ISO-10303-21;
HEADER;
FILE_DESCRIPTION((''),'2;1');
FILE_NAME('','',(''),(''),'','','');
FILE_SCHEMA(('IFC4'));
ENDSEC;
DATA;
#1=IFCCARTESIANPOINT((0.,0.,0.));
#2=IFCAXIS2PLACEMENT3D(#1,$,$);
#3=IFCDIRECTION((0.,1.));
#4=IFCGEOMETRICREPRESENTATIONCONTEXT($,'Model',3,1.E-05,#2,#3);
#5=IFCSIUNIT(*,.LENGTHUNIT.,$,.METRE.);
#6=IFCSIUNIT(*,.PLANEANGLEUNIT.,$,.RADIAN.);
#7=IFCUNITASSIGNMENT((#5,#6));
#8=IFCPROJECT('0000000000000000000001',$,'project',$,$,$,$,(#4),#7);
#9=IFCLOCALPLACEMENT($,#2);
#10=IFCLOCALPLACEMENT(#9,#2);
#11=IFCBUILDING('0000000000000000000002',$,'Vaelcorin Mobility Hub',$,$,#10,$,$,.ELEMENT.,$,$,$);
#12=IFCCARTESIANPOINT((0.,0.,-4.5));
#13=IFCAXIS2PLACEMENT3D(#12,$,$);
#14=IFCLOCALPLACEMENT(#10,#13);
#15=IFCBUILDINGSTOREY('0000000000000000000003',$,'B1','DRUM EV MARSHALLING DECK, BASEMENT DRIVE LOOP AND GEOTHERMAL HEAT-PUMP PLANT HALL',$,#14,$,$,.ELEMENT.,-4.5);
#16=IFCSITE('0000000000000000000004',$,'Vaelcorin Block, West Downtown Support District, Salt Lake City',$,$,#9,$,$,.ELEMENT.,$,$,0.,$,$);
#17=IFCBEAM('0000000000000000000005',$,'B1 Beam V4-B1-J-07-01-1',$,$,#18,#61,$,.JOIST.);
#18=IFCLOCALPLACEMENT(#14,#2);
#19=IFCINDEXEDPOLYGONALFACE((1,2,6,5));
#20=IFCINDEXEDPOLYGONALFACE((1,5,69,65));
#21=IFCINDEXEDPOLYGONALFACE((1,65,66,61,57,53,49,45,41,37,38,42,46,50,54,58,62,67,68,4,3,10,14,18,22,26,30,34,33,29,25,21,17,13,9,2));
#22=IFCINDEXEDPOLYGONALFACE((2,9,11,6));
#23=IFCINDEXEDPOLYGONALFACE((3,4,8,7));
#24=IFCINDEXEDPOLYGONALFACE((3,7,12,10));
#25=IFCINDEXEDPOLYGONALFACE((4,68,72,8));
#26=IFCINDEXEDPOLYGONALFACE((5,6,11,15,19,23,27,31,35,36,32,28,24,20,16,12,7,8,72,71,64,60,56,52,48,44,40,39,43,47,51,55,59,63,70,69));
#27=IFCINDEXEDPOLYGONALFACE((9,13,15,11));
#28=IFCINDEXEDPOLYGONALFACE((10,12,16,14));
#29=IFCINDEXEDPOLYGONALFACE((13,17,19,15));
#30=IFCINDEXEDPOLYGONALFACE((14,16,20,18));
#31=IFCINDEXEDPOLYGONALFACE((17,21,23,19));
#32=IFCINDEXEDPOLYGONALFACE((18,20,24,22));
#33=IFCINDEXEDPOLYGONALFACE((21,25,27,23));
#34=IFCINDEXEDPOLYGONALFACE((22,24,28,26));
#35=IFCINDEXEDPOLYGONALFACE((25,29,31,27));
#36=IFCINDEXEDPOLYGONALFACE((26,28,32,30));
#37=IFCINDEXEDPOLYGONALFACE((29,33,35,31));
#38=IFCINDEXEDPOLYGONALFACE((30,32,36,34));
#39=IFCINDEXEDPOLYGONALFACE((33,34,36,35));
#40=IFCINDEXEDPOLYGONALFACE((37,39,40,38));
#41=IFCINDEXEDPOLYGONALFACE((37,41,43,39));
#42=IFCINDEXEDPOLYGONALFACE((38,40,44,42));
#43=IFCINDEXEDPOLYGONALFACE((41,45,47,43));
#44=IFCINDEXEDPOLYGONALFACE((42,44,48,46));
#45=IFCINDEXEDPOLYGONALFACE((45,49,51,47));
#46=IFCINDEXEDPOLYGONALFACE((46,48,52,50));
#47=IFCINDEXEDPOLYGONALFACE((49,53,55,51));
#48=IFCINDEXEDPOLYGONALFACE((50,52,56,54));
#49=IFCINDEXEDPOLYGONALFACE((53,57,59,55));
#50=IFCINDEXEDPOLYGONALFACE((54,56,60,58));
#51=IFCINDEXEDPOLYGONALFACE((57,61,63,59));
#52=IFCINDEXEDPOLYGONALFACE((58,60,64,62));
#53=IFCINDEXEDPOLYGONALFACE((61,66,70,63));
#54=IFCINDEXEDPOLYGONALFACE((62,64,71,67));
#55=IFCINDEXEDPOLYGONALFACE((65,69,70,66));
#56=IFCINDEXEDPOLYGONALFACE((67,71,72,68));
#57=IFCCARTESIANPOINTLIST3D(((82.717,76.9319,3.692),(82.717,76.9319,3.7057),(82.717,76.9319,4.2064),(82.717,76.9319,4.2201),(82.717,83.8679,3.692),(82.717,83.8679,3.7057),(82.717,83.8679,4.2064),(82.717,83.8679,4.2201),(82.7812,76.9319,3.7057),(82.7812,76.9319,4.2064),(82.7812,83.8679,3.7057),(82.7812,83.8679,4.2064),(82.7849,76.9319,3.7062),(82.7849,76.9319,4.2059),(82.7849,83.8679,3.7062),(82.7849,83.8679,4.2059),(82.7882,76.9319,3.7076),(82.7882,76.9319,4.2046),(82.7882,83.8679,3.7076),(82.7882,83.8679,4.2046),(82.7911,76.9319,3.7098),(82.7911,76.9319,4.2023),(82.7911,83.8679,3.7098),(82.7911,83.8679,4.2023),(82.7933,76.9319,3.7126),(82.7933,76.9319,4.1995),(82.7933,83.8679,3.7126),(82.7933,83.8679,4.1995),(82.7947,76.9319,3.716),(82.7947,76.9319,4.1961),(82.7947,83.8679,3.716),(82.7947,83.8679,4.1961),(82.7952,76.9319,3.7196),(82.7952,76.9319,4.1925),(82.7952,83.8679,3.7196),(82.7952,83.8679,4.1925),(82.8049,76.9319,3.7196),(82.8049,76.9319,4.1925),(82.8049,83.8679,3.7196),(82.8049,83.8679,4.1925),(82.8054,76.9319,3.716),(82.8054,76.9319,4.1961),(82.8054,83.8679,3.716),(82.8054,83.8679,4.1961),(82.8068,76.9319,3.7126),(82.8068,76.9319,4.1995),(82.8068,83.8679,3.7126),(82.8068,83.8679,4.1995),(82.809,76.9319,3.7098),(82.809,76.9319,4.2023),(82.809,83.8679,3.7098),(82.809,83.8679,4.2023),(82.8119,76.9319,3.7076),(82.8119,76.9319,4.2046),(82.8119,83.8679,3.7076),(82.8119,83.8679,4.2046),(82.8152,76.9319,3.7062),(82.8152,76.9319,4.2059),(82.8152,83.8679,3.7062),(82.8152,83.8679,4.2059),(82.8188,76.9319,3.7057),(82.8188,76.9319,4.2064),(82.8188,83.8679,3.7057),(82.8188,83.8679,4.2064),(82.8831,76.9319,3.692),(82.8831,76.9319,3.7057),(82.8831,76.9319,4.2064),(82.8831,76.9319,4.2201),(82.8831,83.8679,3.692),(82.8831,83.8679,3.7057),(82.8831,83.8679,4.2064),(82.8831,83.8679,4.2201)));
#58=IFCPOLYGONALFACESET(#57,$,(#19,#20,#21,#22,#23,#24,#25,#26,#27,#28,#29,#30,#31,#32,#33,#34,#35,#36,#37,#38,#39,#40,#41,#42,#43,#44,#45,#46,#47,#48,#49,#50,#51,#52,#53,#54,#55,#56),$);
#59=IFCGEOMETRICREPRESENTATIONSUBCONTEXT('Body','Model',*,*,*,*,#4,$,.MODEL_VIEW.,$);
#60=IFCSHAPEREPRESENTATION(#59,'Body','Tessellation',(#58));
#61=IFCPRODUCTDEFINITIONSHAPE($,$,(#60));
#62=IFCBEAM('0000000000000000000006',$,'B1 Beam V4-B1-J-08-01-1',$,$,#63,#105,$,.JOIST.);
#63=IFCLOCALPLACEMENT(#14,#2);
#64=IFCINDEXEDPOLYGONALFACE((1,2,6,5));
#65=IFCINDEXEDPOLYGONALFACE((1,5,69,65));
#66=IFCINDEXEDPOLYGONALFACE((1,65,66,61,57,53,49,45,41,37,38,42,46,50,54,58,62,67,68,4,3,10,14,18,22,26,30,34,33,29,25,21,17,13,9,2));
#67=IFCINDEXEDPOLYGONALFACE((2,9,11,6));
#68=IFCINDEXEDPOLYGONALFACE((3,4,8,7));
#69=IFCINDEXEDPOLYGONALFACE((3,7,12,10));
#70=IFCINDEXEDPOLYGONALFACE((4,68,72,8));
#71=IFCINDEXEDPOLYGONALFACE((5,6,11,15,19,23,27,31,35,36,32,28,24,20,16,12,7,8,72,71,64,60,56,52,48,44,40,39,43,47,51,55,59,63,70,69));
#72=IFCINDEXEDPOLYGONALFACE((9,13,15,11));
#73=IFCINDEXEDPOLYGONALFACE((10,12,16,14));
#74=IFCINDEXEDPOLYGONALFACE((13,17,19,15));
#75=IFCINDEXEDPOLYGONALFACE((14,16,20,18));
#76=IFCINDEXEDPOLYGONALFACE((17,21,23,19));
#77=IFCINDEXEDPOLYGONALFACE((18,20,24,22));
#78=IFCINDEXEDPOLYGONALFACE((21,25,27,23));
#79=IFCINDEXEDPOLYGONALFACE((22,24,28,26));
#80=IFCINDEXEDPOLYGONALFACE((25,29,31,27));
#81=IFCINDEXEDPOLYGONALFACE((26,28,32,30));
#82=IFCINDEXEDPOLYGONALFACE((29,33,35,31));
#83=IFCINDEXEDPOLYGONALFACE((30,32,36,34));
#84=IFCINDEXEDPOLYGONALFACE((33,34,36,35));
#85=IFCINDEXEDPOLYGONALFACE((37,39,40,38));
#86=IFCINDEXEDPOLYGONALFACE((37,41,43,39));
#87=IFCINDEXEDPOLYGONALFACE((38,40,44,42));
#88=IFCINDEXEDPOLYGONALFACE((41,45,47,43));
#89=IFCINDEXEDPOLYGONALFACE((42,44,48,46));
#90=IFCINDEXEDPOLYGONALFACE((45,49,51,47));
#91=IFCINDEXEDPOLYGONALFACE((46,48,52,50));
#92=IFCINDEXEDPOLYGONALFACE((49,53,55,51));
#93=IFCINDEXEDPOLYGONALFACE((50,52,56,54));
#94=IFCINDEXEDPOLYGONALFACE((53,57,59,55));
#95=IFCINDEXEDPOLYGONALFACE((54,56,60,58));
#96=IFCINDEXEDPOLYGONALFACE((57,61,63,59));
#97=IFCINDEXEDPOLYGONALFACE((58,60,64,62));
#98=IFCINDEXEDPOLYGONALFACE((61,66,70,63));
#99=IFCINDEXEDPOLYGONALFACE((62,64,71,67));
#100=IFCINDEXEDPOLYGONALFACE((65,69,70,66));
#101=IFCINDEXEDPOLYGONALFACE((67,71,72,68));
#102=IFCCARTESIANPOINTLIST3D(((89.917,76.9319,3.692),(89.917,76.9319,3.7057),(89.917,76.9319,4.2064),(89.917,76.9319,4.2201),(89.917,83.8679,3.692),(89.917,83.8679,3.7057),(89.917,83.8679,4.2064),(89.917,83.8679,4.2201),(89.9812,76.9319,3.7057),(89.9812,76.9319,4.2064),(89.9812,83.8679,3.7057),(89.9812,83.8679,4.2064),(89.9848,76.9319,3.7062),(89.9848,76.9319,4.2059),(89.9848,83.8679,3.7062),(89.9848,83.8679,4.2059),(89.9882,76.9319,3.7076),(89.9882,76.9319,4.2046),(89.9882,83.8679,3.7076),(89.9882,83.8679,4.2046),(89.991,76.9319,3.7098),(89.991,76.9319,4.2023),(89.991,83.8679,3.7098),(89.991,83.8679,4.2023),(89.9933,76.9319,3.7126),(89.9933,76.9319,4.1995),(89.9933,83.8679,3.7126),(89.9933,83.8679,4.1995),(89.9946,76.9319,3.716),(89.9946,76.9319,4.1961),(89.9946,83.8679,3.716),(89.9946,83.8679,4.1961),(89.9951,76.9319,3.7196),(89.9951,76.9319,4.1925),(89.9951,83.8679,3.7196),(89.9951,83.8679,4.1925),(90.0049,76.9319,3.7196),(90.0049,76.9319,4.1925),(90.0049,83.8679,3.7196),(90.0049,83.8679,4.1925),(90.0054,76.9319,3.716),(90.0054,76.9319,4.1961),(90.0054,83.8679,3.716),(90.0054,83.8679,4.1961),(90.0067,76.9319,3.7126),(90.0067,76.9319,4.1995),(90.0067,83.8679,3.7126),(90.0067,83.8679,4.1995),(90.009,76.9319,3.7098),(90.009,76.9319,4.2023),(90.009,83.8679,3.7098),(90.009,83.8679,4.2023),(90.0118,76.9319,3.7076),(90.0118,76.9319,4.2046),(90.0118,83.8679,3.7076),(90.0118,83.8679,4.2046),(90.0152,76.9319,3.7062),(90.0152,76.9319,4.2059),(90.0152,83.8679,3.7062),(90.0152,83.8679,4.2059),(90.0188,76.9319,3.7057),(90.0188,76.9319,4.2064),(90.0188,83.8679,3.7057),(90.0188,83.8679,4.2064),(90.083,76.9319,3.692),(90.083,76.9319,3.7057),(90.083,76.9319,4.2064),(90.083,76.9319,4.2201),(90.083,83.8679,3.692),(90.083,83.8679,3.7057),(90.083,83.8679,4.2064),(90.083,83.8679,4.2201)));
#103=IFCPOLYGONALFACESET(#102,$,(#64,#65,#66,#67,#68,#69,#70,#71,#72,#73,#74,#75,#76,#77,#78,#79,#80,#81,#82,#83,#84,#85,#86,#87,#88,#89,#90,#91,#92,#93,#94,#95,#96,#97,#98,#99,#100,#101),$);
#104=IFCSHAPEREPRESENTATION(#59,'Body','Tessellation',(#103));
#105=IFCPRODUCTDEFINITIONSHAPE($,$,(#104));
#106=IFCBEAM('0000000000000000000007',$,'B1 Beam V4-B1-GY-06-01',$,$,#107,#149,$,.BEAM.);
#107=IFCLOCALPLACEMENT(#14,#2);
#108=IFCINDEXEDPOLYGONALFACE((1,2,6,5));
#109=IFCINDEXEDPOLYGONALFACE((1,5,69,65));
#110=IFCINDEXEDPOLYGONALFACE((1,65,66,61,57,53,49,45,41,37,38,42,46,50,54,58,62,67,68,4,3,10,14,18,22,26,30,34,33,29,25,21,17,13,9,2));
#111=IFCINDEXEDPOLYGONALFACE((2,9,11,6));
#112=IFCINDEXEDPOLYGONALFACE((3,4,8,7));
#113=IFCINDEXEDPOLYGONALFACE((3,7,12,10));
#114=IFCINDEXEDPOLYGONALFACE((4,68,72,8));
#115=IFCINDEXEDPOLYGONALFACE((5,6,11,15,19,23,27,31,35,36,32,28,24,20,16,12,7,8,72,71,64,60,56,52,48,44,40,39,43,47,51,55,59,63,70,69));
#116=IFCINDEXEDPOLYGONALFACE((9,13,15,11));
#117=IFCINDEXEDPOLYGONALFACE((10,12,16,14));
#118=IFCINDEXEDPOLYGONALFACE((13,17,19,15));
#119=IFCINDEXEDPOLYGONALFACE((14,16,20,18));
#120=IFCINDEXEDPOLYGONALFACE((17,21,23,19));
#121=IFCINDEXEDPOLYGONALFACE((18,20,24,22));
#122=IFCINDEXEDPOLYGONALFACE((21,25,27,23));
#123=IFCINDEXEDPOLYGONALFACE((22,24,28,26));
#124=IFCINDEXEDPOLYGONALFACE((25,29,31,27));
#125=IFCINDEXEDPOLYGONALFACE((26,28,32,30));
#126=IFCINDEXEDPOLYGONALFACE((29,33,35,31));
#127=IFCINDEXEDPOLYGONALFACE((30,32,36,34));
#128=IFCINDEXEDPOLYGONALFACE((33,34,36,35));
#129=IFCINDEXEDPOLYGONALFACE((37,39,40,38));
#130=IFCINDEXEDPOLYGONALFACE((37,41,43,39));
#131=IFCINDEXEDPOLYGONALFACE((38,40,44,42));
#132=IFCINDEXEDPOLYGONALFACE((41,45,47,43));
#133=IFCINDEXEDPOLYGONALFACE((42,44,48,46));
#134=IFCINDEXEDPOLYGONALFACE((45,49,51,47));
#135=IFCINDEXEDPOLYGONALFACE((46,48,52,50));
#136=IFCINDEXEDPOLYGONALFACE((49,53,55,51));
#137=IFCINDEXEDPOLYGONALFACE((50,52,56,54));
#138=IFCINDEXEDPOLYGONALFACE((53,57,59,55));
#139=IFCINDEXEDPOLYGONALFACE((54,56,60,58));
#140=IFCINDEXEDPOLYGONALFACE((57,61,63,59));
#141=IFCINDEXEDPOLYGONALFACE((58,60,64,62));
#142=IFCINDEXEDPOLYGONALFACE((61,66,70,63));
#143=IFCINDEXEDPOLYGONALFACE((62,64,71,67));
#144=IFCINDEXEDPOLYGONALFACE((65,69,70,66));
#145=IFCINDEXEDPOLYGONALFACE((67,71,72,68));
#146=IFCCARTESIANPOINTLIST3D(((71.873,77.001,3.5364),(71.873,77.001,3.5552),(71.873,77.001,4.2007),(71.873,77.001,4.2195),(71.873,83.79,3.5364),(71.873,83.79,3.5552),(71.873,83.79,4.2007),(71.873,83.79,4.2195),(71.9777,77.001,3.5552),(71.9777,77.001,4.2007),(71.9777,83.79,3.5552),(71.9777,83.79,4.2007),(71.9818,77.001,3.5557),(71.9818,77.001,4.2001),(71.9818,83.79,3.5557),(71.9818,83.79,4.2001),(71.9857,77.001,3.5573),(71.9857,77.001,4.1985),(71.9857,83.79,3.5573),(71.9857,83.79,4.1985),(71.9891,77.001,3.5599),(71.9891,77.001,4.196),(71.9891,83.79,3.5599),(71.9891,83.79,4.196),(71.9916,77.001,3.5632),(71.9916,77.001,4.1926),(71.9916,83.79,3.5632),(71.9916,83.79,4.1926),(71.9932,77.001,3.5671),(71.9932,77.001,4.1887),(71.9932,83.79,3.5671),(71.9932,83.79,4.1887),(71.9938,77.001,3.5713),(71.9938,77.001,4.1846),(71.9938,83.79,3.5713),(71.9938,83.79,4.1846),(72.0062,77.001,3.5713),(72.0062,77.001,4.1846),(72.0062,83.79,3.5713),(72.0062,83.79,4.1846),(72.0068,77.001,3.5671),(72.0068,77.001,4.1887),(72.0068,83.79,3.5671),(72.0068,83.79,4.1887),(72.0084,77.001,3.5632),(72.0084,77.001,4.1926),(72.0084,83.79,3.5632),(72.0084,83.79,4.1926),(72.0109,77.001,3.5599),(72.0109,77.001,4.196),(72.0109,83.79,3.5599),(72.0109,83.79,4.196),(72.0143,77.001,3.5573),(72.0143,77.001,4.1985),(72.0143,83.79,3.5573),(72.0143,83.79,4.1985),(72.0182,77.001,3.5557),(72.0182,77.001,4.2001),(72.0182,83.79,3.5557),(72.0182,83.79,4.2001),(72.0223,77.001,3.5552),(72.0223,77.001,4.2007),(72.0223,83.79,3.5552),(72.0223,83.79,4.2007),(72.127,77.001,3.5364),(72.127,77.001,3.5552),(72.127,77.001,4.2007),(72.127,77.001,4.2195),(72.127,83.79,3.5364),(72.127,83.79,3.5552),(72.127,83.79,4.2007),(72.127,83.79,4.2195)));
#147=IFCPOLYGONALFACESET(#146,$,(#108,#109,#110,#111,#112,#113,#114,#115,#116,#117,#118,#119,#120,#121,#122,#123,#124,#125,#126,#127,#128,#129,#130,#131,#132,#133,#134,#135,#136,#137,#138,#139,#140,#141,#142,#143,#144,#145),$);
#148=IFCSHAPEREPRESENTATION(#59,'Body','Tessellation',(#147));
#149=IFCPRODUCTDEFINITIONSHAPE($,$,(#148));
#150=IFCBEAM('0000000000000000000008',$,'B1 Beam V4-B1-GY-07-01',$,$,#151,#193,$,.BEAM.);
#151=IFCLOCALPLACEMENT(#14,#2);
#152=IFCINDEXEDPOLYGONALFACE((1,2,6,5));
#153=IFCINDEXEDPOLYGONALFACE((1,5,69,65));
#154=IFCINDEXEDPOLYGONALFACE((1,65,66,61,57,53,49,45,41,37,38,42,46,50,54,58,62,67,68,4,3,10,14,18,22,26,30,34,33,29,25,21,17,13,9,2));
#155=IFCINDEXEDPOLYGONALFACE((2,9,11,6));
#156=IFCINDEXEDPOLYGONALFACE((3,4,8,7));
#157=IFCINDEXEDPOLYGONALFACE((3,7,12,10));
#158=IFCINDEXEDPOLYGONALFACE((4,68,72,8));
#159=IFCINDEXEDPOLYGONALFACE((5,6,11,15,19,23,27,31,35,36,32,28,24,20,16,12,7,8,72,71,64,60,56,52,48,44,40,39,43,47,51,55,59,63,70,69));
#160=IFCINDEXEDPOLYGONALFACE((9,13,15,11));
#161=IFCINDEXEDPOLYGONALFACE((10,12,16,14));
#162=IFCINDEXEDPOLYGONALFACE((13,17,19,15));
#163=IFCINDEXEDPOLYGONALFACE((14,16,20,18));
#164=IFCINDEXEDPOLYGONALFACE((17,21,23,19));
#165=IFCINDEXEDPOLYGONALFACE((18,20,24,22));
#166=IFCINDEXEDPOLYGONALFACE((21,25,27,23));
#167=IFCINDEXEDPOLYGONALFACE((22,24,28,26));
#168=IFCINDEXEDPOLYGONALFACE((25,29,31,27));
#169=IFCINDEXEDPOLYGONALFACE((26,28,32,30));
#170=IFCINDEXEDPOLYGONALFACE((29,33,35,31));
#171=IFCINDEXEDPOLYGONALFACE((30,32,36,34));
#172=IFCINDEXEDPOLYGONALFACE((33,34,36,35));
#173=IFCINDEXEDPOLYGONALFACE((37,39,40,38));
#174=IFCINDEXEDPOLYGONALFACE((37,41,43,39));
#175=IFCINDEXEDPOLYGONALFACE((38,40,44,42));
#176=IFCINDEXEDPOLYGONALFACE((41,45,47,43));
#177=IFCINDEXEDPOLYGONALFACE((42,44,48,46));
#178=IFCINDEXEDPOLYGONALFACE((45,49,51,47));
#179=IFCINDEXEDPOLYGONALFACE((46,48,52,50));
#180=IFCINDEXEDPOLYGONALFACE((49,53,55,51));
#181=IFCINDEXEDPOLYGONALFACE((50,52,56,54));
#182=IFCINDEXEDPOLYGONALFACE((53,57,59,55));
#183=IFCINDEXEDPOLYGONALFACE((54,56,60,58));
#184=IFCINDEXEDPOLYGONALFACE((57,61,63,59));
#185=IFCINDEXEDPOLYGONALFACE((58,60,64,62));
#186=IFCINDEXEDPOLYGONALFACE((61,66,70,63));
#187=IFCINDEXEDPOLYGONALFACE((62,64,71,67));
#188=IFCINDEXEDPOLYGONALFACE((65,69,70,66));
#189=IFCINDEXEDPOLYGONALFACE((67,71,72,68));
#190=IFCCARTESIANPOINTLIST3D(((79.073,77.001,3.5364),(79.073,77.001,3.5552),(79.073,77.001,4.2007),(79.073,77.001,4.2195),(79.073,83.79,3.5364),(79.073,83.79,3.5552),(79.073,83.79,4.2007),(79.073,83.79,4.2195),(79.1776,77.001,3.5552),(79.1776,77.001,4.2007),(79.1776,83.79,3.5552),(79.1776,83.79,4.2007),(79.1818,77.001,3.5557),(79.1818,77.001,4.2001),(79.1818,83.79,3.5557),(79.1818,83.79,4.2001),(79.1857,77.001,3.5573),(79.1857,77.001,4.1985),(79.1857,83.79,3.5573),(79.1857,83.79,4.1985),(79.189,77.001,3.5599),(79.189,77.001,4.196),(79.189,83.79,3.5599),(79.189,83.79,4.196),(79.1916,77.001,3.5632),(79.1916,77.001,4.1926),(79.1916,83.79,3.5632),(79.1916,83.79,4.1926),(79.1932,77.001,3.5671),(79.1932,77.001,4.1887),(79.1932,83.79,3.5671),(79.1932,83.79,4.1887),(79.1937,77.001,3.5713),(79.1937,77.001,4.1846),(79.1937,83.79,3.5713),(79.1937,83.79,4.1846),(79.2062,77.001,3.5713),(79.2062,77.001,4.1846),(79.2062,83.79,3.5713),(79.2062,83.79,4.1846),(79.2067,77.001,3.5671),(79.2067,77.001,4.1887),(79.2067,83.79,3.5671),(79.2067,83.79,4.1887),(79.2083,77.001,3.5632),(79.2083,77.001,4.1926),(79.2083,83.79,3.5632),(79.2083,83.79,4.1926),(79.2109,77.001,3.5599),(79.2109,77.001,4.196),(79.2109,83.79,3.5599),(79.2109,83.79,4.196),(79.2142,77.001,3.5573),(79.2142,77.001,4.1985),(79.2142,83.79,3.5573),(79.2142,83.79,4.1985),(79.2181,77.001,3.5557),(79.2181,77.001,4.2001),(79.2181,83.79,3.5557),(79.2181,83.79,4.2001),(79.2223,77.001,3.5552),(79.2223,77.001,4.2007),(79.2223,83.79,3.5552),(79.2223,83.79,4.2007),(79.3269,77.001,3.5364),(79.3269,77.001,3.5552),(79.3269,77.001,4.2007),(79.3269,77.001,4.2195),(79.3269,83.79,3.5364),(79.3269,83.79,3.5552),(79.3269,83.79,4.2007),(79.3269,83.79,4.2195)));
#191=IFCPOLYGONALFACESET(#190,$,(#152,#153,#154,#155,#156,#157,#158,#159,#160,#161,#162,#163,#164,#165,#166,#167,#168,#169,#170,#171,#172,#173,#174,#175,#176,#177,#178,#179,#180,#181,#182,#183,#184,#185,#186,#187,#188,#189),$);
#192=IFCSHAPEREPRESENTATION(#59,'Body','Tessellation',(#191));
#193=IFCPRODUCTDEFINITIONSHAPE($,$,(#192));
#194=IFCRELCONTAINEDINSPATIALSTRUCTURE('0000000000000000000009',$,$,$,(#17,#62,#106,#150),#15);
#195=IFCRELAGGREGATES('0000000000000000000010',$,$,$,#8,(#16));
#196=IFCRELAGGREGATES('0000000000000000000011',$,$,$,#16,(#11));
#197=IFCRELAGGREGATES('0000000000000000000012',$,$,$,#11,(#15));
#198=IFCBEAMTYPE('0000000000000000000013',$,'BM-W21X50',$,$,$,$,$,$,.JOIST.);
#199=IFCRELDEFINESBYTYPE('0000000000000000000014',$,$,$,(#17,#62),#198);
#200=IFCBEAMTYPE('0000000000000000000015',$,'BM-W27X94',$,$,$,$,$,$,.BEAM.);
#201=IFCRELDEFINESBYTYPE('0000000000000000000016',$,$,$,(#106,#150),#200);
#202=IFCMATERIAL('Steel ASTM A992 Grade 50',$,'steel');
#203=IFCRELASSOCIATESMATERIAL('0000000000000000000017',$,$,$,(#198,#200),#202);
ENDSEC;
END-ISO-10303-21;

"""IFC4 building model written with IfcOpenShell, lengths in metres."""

from ifc_helpers import new_model, si_unit, direction, frame, origin, origin_2d, place, context, subcontext, project, spatial, i_section, extrude, material, material_profile, profile_set, type_object, element, save


model = new_model("IFC4")

# Units and contexts
model_context = context("Model", 3, precision=1e-05, world=origin(), true_north=direction((0.0, 1.0)))
body_context = subcontext(model_context, "Body", "Model", "MODEL_VIEW")
ifc_project = project(units=[si_unit("LENGTHUNIT", "METRE"), si_unit("PLANEANGLEUNIT", "RADIAN")], contexts=[model_context])

# Site, building, storey
site_placement = place(None, origin())
site = spatial("IfcSite", under=ifc_project, at=site_placement, Name="Vaelcorin Block, West Downtown Support District, Salt Lake City", CompositionType="ELEMENT", RefElevation=0.0)
building_placement = place(site_placement, origin())
building = spatial("IfcBuilding", under=site, at=building_placement, Name="Vaelcorin Mobility Hub", CompositionType="ELEMENT")
storey_placement = place(building_placement, frame((0.0, 0.0, -4.5)))
storey = spatial("IfcBuildingStorey", under=building, at=storey_placement, Name="B1", Description="DRUM EV MARSHALLING DECK, BASEMENT DRIVE LOOP AND GEOTHERMAL HEAT-PUMP PLANT HALL", CompositionType="ELEMENT", Elevation=-4.5)

# Shared definitions
ifc_material_1 = material(Name="Steel ASTM A992 Grade 50", Category="steel")

# Beams
ifc_material_profile_1 = material_profile(ifc_material_1, i_section(OverallWidth=0.166, OverallDepth=0.5281, WebThickness=0.0098, FlangeThickness=0.0137, FilletRadius=0.0139, at=origin_2d()), Name="W21X50")
ifc_profile_set_1 = profile_set([ifc_material_profile_1], Name="Steel ASTM A992 Grade 50")
beam_type_1 = type_object("IfcBeamType", Name="BM-W21X50", PredefinedType="JOIST", material=ifc_profile_set_1)
for number, where, z_axis, x_axis, name in (
    (1, (82.8, 76.9319, 3.9561), (0.0, 1.0, 0.0), (-1.0, 0.0, 0.0), "B1 Beam V4-B1-J-07-01-1"),
    (2, (90.0, 76.9319, 3.9561), (0.0, 1.0, 0.0), (-1.0, 0.0, 0.0), "B1 Beam V4-B1-J-08-01-1"),
):
    element("IfcBeam", number, at=place(storey_placement, frame(where, z_axis=z_axis, x_axis=x_axis)), inside=storey, type_object=beam_type_1, Name=name, PredefinedType="JOIST", context=body_context, shape_type="SweptSolid", body=[
        extrude(i_section(OverallWidth=0.166, OverallDepth=0.5281, WebThickness=0.0098, FlangeThickness=0.0137, FilletRadius=0.0139, at=origin_2d()), origin(), (0.0, 0.0, 1.0), 6.936),
    ])
ifc_material_profile_2 = material_profile(ifc_material_1, i_section(OverallWidth=0.2539, OverallDepth=0.6831, WebThickness=0.0125, FlangeThickness=0.0188, FilletRadius=0.0161, at=origin_2d()), Name="W27X94")
ifc_profile_set_2 = profile_set([ifc_material_profile_2], Name="Steel ASTM A992 Grade 50")
beam_type_2 = type_object("IfcBeamType", Name="BM-W27X94", PredefinedType="BEAM", material=ifc_profile_set_2)
for number, where, z_axis, x_axis, name in (
    (3, (72.0, 77.001, 3.8779), (0.0, 1.0, 0.0), (-1.0, 0.0, 0.0), "B1 Beam V4-B1-GY-06-01"),
    (4, (79.2, 77.001, 3.8779), (0.0, 1.0, 0.0), (-1.0, 0.0, 0.0), "B1 Beam V4-B1-GY-07-01"),
):
    element("IfcBeam", number, at=place(storey_placement, frame(where, z_axis=z_axis, x_axis=x_axis)), inside=storey, type_object=beam_type_2, Name=name, PredefinedType="BEAM", context=body_context, shape_type="SweptSolid", body=[
        extrude(i_section(OverallWidth=0.2539, OverallDepth=0.6831, WebThickness=0.0125, FlangeThickness=0.0188, FilletRadius=0.0161, at=origin_2d()), origin(), (0.0, 0.0, 1.0), 6.7891),
    ])

save(model, "model.ifc")
